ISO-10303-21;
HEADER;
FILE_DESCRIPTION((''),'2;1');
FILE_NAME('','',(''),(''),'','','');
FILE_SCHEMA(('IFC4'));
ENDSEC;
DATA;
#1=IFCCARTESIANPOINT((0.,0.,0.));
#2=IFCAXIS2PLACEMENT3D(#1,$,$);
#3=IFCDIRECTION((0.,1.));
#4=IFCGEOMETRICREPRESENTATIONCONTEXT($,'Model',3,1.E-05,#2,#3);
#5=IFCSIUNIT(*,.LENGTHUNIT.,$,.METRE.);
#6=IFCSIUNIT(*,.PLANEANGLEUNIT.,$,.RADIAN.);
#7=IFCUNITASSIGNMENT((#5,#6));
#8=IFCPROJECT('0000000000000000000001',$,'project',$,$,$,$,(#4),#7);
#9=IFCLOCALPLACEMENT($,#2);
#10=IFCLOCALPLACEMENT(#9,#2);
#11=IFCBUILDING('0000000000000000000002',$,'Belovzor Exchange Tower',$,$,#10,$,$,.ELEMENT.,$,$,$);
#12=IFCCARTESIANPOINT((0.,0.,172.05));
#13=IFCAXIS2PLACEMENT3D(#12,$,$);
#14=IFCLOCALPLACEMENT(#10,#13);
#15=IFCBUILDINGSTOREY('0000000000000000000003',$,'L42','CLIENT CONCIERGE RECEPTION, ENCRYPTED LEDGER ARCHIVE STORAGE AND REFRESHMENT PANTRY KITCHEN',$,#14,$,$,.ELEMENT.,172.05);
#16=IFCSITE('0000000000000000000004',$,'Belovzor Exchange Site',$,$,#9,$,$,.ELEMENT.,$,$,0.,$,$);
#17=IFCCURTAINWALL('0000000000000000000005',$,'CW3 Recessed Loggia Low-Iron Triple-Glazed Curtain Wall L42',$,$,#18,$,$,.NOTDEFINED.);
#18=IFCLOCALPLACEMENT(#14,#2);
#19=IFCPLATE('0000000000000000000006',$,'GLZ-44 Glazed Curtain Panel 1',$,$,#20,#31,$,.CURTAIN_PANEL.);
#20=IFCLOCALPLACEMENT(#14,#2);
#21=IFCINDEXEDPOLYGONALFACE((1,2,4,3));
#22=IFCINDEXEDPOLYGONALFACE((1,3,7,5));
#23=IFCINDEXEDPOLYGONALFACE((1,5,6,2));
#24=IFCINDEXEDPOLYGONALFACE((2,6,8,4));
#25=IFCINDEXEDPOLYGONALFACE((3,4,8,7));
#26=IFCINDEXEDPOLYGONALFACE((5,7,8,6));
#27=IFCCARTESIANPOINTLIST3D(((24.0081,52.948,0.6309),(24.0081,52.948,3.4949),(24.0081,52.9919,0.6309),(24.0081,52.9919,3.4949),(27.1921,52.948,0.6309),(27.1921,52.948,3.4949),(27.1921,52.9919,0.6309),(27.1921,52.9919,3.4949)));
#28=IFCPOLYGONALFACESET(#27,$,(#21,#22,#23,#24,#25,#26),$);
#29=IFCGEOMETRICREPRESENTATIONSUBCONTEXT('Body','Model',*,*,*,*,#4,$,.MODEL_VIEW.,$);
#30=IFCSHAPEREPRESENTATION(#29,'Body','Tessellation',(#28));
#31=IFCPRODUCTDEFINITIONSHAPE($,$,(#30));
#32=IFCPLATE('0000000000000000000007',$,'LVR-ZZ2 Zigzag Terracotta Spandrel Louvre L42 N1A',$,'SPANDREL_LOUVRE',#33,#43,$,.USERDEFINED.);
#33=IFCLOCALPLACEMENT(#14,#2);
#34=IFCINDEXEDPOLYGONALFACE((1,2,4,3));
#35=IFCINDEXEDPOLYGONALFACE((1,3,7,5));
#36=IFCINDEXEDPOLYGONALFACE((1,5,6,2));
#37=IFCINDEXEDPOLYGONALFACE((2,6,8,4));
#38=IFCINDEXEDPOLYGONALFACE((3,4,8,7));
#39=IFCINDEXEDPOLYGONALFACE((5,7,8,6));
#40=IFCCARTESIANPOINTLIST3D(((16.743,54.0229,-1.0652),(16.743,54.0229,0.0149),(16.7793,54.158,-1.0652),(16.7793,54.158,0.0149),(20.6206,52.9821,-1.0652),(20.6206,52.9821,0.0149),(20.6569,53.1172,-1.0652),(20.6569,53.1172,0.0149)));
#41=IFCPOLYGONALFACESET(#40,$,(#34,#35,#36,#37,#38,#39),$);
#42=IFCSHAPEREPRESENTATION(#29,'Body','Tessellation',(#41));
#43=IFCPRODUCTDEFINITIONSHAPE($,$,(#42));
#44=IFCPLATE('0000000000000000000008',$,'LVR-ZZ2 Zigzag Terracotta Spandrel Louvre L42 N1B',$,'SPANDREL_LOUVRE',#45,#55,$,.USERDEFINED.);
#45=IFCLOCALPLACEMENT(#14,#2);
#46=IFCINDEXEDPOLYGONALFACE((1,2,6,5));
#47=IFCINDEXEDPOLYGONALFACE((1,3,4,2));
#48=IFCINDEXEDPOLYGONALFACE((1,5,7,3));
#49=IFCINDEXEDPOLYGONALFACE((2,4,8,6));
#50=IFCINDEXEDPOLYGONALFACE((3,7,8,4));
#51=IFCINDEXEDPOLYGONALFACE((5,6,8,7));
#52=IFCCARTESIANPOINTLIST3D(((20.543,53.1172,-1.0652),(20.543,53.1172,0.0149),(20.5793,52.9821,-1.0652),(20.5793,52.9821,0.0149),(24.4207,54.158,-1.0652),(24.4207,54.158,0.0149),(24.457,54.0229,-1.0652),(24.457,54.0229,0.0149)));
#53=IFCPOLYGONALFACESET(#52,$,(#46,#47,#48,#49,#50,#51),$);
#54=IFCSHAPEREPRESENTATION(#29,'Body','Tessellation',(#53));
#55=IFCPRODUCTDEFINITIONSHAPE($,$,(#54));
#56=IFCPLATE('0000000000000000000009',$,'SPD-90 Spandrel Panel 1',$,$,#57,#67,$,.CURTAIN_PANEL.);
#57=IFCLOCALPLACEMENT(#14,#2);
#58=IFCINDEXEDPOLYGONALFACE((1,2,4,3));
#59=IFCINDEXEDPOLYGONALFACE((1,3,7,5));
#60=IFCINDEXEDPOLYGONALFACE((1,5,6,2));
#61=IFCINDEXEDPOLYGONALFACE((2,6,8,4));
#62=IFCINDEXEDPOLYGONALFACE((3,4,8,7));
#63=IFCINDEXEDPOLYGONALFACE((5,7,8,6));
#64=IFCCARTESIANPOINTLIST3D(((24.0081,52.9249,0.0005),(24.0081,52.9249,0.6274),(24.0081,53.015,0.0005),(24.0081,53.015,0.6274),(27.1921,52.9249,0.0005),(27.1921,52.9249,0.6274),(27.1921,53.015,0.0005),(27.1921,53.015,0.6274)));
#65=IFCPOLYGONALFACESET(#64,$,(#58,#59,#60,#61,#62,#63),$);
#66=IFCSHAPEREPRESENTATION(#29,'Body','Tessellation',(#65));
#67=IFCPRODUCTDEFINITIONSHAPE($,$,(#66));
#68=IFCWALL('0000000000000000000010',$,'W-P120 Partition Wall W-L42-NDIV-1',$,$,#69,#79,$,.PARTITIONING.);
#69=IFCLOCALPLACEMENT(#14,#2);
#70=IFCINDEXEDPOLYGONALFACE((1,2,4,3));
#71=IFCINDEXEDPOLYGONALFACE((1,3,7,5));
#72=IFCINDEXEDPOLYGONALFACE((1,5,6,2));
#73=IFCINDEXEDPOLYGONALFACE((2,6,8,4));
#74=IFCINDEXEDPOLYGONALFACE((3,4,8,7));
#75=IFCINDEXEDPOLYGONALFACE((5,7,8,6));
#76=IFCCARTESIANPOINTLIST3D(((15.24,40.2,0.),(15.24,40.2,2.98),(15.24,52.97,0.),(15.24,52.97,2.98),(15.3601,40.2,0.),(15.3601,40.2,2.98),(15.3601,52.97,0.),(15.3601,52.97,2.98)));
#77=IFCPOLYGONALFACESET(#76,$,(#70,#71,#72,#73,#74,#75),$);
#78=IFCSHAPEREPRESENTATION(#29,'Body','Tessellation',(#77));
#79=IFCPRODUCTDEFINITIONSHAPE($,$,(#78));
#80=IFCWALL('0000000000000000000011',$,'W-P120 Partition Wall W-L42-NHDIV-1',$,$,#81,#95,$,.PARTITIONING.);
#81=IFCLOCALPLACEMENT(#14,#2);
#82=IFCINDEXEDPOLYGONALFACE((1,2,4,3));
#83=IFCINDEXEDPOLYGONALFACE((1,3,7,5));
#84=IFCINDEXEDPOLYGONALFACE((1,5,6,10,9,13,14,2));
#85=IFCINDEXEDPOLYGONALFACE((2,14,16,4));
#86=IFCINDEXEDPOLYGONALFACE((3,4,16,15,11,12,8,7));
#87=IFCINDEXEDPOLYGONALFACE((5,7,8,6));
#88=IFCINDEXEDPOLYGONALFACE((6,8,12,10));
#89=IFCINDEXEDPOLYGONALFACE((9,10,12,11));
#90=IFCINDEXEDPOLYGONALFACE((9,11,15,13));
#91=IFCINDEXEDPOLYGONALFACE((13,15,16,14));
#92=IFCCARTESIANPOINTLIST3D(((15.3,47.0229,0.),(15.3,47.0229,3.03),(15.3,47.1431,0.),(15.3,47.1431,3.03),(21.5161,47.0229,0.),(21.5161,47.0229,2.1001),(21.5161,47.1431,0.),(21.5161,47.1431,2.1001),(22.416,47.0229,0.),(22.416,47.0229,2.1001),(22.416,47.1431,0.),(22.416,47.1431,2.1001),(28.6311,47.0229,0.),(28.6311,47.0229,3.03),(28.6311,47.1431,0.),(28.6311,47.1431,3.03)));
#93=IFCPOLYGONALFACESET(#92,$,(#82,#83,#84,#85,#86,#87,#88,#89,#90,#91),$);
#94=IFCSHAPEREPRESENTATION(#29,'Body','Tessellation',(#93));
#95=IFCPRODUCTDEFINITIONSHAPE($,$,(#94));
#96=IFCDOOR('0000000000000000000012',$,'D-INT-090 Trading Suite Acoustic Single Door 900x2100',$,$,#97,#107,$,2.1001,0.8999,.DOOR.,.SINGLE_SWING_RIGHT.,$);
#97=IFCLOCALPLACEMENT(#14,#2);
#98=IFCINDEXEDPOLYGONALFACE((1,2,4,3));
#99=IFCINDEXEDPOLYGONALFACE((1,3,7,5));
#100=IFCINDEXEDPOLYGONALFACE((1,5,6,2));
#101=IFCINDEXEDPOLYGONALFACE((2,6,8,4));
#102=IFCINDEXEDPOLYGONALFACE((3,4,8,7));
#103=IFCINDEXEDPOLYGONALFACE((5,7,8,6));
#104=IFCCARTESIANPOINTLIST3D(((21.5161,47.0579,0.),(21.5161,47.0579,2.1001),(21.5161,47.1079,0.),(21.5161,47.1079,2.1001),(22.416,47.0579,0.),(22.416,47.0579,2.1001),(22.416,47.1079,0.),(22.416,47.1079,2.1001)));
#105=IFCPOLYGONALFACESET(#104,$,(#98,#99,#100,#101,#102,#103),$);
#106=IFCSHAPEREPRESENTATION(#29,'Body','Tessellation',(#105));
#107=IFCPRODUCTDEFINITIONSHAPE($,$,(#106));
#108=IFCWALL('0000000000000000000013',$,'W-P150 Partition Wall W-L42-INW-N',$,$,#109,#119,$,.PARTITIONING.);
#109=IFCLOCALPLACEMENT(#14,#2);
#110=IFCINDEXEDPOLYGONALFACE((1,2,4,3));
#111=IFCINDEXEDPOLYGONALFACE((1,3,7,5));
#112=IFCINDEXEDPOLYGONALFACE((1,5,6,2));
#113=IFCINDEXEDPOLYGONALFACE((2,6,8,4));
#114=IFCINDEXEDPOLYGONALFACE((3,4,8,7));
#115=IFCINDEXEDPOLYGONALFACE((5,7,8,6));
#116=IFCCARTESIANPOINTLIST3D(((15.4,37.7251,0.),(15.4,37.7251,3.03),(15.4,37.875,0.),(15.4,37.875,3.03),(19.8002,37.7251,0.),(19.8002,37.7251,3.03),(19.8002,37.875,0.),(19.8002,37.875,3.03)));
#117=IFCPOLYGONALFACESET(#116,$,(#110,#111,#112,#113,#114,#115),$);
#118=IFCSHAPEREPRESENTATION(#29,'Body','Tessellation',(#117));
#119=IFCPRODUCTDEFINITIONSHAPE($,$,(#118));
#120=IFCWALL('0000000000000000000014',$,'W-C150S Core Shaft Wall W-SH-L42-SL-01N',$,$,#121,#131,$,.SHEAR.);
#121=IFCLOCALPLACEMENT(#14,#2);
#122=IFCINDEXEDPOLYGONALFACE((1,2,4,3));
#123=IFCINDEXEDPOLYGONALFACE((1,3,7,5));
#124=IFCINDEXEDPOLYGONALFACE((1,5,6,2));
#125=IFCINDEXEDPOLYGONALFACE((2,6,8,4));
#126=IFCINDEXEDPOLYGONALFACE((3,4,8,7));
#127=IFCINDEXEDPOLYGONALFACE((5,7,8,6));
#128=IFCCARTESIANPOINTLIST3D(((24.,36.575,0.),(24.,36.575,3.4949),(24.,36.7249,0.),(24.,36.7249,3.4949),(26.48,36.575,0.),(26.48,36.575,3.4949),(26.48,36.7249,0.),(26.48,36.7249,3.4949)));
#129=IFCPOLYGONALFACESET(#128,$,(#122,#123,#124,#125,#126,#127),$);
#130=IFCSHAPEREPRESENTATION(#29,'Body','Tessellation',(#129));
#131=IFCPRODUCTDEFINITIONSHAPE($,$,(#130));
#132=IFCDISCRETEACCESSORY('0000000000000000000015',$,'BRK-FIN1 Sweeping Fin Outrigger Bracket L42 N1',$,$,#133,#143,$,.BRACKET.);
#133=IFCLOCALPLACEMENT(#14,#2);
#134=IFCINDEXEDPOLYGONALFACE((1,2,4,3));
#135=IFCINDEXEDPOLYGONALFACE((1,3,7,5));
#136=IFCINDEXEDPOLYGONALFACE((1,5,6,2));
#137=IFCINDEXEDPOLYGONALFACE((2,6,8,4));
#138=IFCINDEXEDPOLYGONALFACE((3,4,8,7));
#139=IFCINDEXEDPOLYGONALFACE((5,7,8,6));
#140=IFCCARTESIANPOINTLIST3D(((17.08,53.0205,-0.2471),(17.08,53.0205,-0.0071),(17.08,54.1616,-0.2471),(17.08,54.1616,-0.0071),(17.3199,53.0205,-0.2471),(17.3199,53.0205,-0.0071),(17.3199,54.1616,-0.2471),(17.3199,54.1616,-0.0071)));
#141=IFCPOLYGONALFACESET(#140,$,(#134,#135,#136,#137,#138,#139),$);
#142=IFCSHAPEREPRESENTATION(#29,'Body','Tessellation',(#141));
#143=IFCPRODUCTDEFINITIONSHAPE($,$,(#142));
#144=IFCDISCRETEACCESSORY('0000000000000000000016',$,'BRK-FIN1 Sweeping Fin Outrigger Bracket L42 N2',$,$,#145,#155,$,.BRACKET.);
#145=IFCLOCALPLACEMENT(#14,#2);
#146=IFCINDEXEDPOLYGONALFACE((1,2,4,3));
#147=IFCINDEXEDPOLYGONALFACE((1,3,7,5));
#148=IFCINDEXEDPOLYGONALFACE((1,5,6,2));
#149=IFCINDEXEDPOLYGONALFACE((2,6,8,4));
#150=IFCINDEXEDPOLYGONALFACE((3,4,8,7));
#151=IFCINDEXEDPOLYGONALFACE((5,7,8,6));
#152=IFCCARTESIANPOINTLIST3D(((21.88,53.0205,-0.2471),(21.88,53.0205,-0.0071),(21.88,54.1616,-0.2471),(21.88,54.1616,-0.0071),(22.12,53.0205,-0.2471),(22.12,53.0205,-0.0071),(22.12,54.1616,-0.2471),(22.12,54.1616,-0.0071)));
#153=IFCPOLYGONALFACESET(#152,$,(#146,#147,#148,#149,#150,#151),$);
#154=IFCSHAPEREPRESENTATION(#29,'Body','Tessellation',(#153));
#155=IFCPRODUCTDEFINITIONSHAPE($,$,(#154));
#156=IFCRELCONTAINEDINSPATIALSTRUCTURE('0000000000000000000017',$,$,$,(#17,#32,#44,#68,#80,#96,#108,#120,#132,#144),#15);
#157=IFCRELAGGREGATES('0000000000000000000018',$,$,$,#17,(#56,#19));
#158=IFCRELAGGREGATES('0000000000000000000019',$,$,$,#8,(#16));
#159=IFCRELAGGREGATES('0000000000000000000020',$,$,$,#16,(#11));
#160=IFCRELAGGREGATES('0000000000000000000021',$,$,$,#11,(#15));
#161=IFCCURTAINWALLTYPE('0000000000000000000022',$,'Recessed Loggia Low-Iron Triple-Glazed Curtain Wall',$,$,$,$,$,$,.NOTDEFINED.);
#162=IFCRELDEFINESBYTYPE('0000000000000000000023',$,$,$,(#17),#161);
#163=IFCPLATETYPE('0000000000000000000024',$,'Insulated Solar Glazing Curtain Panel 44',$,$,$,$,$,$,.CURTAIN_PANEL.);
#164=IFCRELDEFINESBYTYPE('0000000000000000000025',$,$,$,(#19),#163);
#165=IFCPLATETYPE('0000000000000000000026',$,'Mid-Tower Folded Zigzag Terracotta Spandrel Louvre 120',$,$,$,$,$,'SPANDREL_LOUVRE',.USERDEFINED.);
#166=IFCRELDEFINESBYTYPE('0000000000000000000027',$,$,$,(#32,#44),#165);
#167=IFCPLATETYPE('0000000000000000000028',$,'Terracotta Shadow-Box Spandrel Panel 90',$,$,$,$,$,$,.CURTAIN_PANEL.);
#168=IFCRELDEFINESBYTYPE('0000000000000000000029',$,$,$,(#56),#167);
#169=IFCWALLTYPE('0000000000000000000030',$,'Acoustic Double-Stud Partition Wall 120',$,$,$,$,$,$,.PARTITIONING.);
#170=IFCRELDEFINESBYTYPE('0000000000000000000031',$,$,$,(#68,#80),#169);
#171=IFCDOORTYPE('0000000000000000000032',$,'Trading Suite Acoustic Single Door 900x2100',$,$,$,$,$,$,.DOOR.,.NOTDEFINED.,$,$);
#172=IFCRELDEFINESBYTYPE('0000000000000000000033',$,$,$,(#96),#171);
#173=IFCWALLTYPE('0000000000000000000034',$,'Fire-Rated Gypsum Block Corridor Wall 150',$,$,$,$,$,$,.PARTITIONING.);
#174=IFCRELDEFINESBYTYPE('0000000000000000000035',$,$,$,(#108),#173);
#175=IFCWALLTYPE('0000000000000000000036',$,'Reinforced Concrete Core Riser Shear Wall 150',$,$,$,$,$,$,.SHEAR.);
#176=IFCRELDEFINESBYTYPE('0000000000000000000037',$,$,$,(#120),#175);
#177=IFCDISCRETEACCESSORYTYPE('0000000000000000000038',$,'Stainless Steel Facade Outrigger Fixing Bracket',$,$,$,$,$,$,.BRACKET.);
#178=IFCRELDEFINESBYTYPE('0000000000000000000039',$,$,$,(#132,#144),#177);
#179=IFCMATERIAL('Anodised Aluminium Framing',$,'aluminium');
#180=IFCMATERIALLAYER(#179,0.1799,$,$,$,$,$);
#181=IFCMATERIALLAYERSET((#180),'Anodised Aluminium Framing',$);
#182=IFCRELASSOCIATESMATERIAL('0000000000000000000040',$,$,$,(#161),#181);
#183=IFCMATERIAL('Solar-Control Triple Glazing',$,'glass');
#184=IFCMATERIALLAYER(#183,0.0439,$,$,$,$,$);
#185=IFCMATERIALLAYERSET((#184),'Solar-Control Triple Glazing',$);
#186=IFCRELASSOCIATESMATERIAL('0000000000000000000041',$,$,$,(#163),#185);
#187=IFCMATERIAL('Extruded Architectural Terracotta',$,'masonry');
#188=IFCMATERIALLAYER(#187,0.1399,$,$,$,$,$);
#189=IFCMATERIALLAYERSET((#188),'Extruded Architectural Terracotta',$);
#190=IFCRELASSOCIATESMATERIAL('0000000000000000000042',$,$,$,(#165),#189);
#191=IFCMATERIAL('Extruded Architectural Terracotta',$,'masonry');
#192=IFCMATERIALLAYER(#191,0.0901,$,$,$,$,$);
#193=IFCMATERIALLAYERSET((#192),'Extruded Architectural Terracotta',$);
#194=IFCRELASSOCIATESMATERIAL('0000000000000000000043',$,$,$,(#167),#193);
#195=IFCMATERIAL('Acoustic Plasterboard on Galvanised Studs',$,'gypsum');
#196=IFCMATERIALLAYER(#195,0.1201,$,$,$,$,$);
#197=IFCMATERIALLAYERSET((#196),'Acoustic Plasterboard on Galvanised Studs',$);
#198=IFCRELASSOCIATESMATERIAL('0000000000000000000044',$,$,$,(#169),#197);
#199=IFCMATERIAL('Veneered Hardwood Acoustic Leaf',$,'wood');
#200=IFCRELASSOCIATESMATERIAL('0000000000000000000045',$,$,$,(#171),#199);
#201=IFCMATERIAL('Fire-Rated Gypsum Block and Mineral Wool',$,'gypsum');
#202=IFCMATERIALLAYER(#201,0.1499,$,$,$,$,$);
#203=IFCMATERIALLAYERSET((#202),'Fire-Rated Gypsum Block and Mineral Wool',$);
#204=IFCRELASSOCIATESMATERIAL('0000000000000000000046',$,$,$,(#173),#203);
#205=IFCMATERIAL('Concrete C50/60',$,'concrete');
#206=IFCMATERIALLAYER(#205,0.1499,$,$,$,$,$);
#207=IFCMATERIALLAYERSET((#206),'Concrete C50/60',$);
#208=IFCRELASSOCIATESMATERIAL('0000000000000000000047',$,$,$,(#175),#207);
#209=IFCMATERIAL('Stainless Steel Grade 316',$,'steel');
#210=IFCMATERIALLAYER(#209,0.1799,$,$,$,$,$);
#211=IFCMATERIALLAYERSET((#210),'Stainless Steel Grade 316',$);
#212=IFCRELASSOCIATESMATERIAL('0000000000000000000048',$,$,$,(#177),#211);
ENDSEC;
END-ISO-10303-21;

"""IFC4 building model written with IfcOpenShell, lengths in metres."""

from ifc_helpers import new_model, si_unit, direction, frame, frame_2d, origin, origin_2d, place, context, subcontext, project, spatial, rectangle, extrude, material, layer, layer_set, type_object, element, fill, aggregate, save


model = new_model("IFC4")

# Units and contexts
model_context = context("Model", 3, precision=1e-05, world=origin(), true_north=direction((0.0, 1.0)))
body_context = subcontext(model_context, "Body", "Model", "MODEL_VIEW")
ifc_project = project(units=[si_unit("LENGTHUNIT", "METRE"), si_unit("PLANEANGLEUNIT", "RADIAN")], contexts=[model_context])

# Site, building, storey
site_placement = place(None, origin())
site = spatial("IfcSite", under=ifc_project, at=site_placement, Name="Belovzor Exchange Site", CompositionType="ELEMENT", RefElevation=0.0)
building_placement = place(site_placement, origin())
building = spatial("IfcBuilding", under=site, at=building_placement, Name="Belovzor Exchange Tower", CompositionType="ELEMENT")
storey_placement = place(building_placement, frame((0.0, 0.0, 172.05)))
storey = spatial("IfcBuildingStorey", under=building, at=storey_placement, Name="L42", Description="CLIENT CONCIERGE RECEPTION, ENCRYPTED LEDGER ARCHIVE STORAGE AND REFRESHMENT PANTRY KITCHEN", CompositionType="ELEMENT", Elevation=172.05)

# Curtain wall
ifc_material_1 = material(Name="Anodised Aluminium Framing", Category="aluminium")
ifc_layer_1 = layer(ifc_material_1, 0.1799)
ifc_layer_set_1 = layer_set([ifc_layer_1], Name="Anodised Aluminium Framing")
curtain_wall_type = type_object("IfcCurtainWallType", Name="Recessed Loggia Low-Iron Triple-Glazed Curtain Wall", PredefinedType="NOTDEFINED", material=ifc_layer_set_1)
curtain_wall_placement = place(storey_placement, origin())
curtain_wall = element("IfcCurtainWall", 1, at=curtain_wall_placement, inside=storey, type_object=curtain_wall_type, Name="CW3 Recessed Loggia Low-Iron Triple-Glazed Curtain Wall L42", PredefinedType="NOTDEFINED")

# Plate
ifc_material_2 = material(Name="Solar-Control Triple Glazing", Category="glass")
ifc_layer_2 = layer(ifc_material_2, 0.0439)
ifc_layer_set_2 = layer_set([ifc_layer_2], Name="Solar-Control Triple Glazing")
plate_type_1 = type_object("IfcPlateType", Name="Insulated Solar Glazing Curtain Panel 44", PredefinedType="CURTAIN_PANEL", material=ifc_layer_set_2)
plate_1_placement = place(storey_placement, frame((25.6001, 52.97, 0.6309), z_axis=(0.0, 0.0, 1.0), x_axis=(1.0, 0.0, 0.0)))
plate_1 = element("IfcPlate", 2, at=plate_1_placement, type_object=plate_type_1, Name="GLZ-44 Glazed Curtain Panel 1", PredefinedType="CURTAIN_PANEL", context=body_context, shape_type="SweptSolid", body=[
    extrude(rectangle(XDim=3.1841, YDim=0.0439, at=origin_2d()), origin(), (0.0, 0.0, 1.0), 2.864),
])

# Plates
ifc_material_3 = material(Name="Extruded Architectural Terracotta", Category="masonry")
ifc_layer_3 = layer(ifc_material_3, 0.1399)
ifc_layer_set_3 = layer_set([ifc_layer_3], Name="Extruded Architectural Terracotta")
plate_type_2 = type_object("IfcPlateType", Name="Mid-Tower Folded Zigzag Terracotta Spandrel Louvre 120", ElementType="SPANDREL_LOUVRE", PredefinedType="USERDEFINED", material=ifc_layer_set_3)
for number, where, z_axis, x_axis, name in (
    (3, (18.7, 53.5701, -1.0652), (0.0, 0.0, 1.0), (0.965813, -0.25924, 0.0), "LVR-ZZ2 Zigzag Terracotta Spandrel Louvre L42 N1A"),
    (4, (22.5, 53.5701, -1.0652), (0.0, 0.0, 1.0), (0.965813, 0.25924, 0.0), "LVR-ZZ2 Zigzag Terracotta Spandrel Louvre L42 N1B"),
):
    element("IfcPlate", number, at=place(storey_placement, frame(where, z_axis=z_axis, x_axis=x_axis)), inside=storey, type_object=plate_type_2, Name=name, ObjectType="SPANDREL_LOUVRE", PredefinedType="USERDEFINED", context=body_context, shape_type="SweptSolid", body=[
        extrude(rectangle(XDim=4.0149, YDim=0.1399, at=origin_2d()), origin(), (0.0, 0.0, 1.0), 1.0801),
    ])

# Plate
ifc_material_4 = material(Name="Extruded Architectural Terracotta", Category="masonry")
ifc_layer_4 = layer(ifc_material_4, 0.0901)
ifc_layer_set_4 = layer_set([ifc_layer_4], Name="Extruded Architectural Terracotta")
plate_type_3 = type_object("IfcPlateType", Name="Terracotta Shadow-Box Spandrel Panel 90", PredefinedType="CURTAIN_PANEL", material=ifc_layer_set_4)
plate_2_placement = place(storey_placement, frame((25.6001, 52.97, 0.0005), z_axis=(0.0, 0.0, 1.0), x_axis=(1.0, 0.0, 0.0)))
plate_2 = element("IfcPlate", 5, at=plate_2_placement, type_object=plate_type_3, Name="SPD-90 Spandrel Panel 1", PredefinedType="CURTAIN_PANEL", context=body_context, shape_type="SweptSolid", body=[
    extrude(rectangle(XDim=3.1841, YDim=0.0901, at=origin_2d()), origin(), (0.0, 0.0, 1.0), 0.627),
])
aggregate(curtain_wall, [plate_2, plate_1])

# Wall
ifc_material_5 = material(Name="Acoustic Plasterboard on Galvanised Studs", Category="gypsum")
ifc_layer_5 = layer(ifc_material_5, 0.1201)
ifc_layer_set_5 = layer_set([ifc_layer_5], Name="Acoustic Plasterboard on Galvanised Studs")
wall_type_1 = type_object("IfcWallType", Name="Acoustic Double-Stud Partition Wall 120", PredefinedType="PARTITIONING", material=ifc_layer_set_5)
wall_1_placement = place(storey_placement, frame((15.3, 40.2, 0.0), z_axis=(0.0, 0.0, 1.0), x_axis=(0.0, 1.0, 0.0)))
element("IfcWall", 6, at=wall_1_placement, inside=storey, type_object=wall_type_1, Name="W-P120 Partition Wall W-L42-NDIV-1", PredefinedType="PARTITIONING", context=body_context, shape_type="SweptSolid", body=[
    extrude(rectangle(XDim=12.77, YDim=0.1201, at=frame_2d((6.385, 0.0))), origin(), (0.0, 0.0, 1.0), 2.98),
])

# Wall, opening, door
wall_2_placement = place(storey_placement, frame((15.3, 47.083, 0.0), z_axis=(0.0, 0.0, 1.0), x_axis=(1.0, 0.0, 0.0)))
wall_2 = element("IfcWall", 7, at=wall_2_placement, inside=storey, type_object=wall_type_1, Name="W-P120 Partition Wall W-L42-NHDIV-1", PredefinedType="PARTITIONING", context=body_context, shape_type="SweptSolid", body=[
    extrude(rectangle(XDim=13.3311, YDim=0.1201, at=frame_2d((6.6655, 0.0))), origin(), (0.0, 0.0, 1.0), 3.03),
])
opening_1_placement = place(wall_2_placement, frame((6.2161, 0.0, 0.0)))
opening_1 = element("IfcOpeningElement", 8, at=opening_1_placement, cuts=wall_2, PredefinedType="OPENING", context=body_context, shape_type="SweptSolid", body=[
    extrude(rectangle(XDim=0.8999, YDim=2.1001, at=frame_2d((0.45, 1.05))), frame((0.0, 0.0701, 0.0), z_axis=(0.0, -1.0, 0.0), x_axis=(1.0, 0.0, 0.0)), (0.0, 0.0, 1.0), 0.1401),
])
ifc_material_6 = material(Name="Veneered Hardwood Acoustic Leaf", Category="wood")
door_type_1 = type_object("IfcDoorType", Name="Trading Suite Acoustic Single Door 900x2100", OperationType="NOTDEFINED", PredefinedType="DOOR", material=ifc_material_6)
door_1_placement = place(opening_1_placement, origin())
door_1 = element("IfcDoor", 9, at=door_1_placement, inside=storey, type_object=door_type_1, Name="D-INT-090 Trading Suite Acoustic Single Door 900x2100", OperationType="SINGLE_SWING_RIGHT", OverallHeight=2.1001, OverallWidth=0.8999, PredefinedType="DOOR", context=body_context, shape_type="SweptSolid", body=[
    extrude(rectangle(XDim=0.8999, YDim=2.1001, at=frame_2d((0.45, 1.05))), frame((0.0, 0.0249, 0.0), z_axis=(0.0, -1.0, 0.0), x_axis=(1.0, 0.0, 0.0)), (0.0, 0.0, 1.0), 0.05),
])
fill(opening_1, door_1)

# Walls
ifc_material_7 = material(Name="Fire-Rated Gypsum Block and Mineral Wool", Category="gypsum")
ifc_layer_6 = layer(ifc_material_7, 0.1499)
ifc_layer_set_6 = layer_set([ifc_layer_6], Name="Fire-Rated Gypsum Block and Mineral Wool")
wall_type_2 = type_object("IfcWallType", Name="Fire-Rated Gypsum Block Corridor Wall 150", PredefinedType="PARTITIONING", material=ifc_layer_set_6)
wall_3_placement = place(storey_placement, frame((15.3999, 37.8, 0.0), z_axis=(0.0, 0.0, 1.0), x_axis=(1.0, 0.0, 0.0)))
element("IfcWall", 10, at=wall_3_placement, inside=storey, type_object=wall_type_2, Name="W-P150 Partition Wall W-L42-INW-N", PredefinedType="PARTITIONING", context=body_context, shape_type="SweptSolid", body=[
    extrude(rectangle(XDim=4.4001, YDim=0.1499, at=frame_2d((2.2002, 0.0))), origin(), (0.0, 0.0, 1.0), 3.03),
])
ifc_material_8 = material(Name="Concrete C50/60", Category="concrete")
ifc_layer_7 = layer(ifc_material_8, 0.1499)
ifc_layer_set_7 = layer_set([ifc_layer_7], Name="Concrete C50/60")
wall_type_3 = type_object("IfcWallType", Name="Reinforced Concrete Core Riser Shear Wall 150", PredefinedType="SHEAR", material=ifc_layer_set_7)
wall_4_placement = place(storey_placement, frame((24.0, 36.6499, 0.0), z_axis=(0.0, 0.0, 1.0), x_axis=(1.0, 0.0, 0.0)))
element("IfcWall", 11, at=wall_4_placement, inside=storey, type_object=wall_type_3, Name="W-C150S Core Shaft Wall W-SH-L42-SL-01N", PredefinedType="SHEAR", context=body_context, shape_type="SweptSolid", body=[
    extrude(rectangle(XDim=2.48, YDim=0.1499, at=frame_2d((1.24, 0.0))), origin(), (0.0, 0.0, 1.0), 3.4949),
])

# Discrete accessories
ifc_material_9 = material(Name="Stainless Steel Grade 316", Category="steel")
ifc_layer_8 = layer(ifc_material_9, 0.1799)
ifc_layer_set_8 = layer_set([ifc_layer_8], Name="Stainless Steel Grade 316")
discrete_accessory_type = type_object("IfcDiscreteAccessoryType", Name="Stainless Steel Facade Outrigger Fixing Bracket", PredefinedType="BRACKET", material=ifc_layer_set_8)
for number, where, z_axis, x_axis, name in (
    (12, (17.2, 53.5911, -0.2471), (0.0, 0.0, 1.0), (0.0, 1.0, 0.0), "BRK-FIN1 Sweeping Fin Outrigger Bracket L42 N1"),
    (13, (22.0, 53.5911, -0.2471), (0.0, 0.0, 1.0), (0.0, 1.0, 0.0), "BRK-FIN1 Sweeping Fin Outrigger Bracket L42 N2"),
):
    element("IfcDiscreteAccessory", number, at=place(storey_placement, frame(where, z_axis=z_axis, x_axis=x_axis)), inside=storey, type_object=discrete_accessory_type, Name=name, PredefinedType="BRACKET", context=body_context, shape_type="SweptSolid", body=[
        extrude(rectangle(XDim=1.1411, YDim=0.24, at=origin_2d()), origin(), (0.0, 0.0, 1.0), 0.24),
    ])

save(model, "model.ifc")
